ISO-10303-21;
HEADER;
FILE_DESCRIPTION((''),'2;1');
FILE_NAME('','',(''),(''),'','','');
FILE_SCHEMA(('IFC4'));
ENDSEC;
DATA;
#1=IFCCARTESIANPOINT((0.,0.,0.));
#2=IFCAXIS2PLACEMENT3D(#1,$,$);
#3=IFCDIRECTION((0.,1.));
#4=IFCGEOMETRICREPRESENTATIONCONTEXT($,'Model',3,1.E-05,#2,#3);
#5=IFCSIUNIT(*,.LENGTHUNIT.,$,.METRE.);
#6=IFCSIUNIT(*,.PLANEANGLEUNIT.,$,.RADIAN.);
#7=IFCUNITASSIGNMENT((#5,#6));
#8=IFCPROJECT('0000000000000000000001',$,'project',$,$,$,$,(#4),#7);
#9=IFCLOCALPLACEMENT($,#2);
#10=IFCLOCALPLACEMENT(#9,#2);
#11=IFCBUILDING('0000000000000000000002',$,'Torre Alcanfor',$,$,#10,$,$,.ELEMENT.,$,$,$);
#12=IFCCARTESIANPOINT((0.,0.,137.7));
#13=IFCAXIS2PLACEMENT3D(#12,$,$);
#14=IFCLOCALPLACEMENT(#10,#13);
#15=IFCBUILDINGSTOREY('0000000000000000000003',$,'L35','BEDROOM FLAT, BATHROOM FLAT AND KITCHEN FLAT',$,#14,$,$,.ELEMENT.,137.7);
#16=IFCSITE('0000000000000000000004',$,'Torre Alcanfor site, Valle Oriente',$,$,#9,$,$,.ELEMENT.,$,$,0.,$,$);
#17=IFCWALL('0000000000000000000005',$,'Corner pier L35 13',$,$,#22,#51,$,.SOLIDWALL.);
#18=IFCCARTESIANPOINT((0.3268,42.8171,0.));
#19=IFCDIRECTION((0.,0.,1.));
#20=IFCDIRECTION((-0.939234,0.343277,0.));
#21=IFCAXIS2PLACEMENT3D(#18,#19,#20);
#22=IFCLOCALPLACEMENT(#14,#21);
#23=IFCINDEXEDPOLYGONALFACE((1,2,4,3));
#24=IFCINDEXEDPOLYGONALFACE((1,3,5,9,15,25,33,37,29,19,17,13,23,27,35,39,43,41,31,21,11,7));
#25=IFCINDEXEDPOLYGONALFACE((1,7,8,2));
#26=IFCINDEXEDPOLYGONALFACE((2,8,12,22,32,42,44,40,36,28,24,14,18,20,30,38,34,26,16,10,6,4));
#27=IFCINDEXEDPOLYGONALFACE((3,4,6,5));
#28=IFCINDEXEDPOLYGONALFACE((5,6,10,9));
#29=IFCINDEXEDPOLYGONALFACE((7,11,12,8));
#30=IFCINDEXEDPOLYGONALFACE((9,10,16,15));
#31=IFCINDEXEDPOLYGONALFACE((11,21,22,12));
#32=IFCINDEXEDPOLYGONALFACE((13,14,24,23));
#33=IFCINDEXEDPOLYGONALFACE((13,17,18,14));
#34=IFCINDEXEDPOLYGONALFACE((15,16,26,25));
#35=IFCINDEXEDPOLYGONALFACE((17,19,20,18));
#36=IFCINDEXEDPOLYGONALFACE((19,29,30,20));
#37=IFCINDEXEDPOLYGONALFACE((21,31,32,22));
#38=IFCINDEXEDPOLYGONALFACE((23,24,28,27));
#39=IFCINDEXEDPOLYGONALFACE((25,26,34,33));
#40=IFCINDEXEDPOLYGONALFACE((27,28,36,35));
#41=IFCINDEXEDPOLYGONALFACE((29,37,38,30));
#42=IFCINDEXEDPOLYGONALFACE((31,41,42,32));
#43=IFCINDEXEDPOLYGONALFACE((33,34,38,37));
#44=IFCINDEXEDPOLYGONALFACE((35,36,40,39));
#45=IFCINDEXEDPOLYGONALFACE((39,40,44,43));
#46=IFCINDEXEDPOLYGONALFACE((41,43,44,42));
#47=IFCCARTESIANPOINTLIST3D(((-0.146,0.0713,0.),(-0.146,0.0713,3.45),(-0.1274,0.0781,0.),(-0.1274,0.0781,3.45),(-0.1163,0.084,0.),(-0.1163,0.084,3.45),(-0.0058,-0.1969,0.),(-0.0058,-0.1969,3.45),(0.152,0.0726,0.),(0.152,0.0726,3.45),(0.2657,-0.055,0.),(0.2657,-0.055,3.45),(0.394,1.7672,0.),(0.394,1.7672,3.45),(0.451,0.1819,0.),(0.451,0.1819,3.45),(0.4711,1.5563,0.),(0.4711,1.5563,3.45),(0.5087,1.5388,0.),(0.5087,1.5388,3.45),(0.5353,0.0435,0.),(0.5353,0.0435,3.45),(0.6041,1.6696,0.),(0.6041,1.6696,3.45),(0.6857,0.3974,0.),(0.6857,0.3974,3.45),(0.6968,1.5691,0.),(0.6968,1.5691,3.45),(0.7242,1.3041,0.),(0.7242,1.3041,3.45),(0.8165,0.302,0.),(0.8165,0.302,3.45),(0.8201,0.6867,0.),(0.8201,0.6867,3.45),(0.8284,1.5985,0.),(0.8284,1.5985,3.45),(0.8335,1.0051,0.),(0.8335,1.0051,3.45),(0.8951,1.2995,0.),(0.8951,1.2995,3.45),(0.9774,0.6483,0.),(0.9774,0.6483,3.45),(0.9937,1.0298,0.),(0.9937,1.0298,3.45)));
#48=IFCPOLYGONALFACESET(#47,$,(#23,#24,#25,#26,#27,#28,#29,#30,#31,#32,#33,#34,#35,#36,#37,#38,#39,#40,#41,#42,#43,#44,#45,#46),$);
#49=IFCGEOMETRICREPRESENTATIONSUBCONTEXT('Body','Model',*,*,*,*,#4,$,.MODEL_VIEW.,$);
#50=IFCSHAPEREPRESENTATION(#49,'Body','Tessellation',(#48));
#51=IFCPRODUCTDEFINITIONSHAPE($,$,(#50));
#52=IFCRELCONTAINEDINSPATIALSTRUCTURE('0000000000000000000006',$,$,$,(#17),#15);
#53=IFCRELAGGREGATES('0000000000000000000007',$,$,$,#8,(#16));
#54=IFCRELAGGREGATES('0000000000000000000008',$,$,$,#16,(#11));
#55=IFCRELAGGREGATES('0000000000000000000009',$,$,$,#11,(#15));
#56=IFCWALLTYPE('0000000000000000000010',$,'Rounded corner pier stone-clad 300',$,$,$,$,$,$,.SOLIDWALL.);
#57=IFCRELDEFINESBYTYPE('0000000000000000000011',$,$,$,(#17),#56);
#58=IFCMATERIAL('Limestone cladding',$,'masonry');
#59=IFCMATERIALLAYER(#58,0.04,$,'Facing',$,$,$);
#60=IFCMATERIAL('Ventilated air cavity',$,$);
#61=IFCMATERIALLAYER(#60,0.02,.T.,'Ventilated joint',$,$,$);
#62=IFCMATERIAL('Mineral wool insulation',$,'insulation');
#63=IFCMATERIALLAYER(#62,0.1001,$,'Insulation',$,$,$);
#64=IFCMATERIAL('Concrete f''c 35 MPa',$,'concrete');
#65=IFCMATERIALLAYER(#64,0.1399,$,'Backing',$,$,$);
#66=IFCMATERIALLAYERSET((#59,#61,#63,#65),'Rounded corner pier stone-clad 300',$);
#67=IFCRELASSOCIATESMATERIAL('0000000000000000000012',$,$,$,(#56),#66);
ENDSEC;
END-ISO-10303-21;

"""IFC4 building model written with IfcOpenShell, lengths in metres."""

from ifc_helpers import new_model, si_unit, direction, frame, origin, place, context, subcontext, project, spatial, polyline, outline, extrude, material, layer, layer_set, type_object, element, save


model = new_model("IFC4")

# Units and contexts
model_context = context("Model", 3, precision=1e-05, world=origin(), true_north=direction((0.0, 1.0)))
body_context = subcontext(model_context, "Body", "Model", "MODEL_VIEW")
ifc_project = project(units=[si_unit("LENGTHUNIT", "METRE"), si_unit("PLANEANGLEUNIT", "RADIAN")], contexts=[model_context])

# Site, building, storey
site_placement = place(None, origin())
site = spatial("IfcSite", under=ifc_project, at=site_placement, Name="Torre Alcanfor site, Valle Oriente", CompositionType="ELEMENT", RefElevation=0.0)
building_placement = place(site_placement, origin())
building = spatial("IfcBuilding", under=site, at=building_placement, Name="Torre Alcanfor", CompositionType="ELEMENT")
storey_placement = place(building_placement, frame((0.0, 0.0, 137.7)))
storey = spatial("IfcBuildingStorey", under=building, at=storey_placement, Name="L35", Description="BEDROOM FLAT, BATHROOM FLAT AND KITCHEN FLAT", CompositionType="ELEMENT", Elevation=137.7)

# Wall
ifc_material_1 = material(Name="Limestone cladding", Category="masonry")
ifc_layer_1 = layer(ifc_material_1, 0.04, Name="Facing")
ifc_material_2 = material(Name="Ventilated air cavity")
ifc_layer_2 = layer(ifc_material_2, 0.02, ventilated=True, Name="Ventilated joint")
ifc_material_3 = material(Name="Mineral wool insulation", Category="insulation")
ifc_layer_3 = layer(ifc_material_3, 0.1001, Name="Insulation")
ifc_material_4 = material(Name="Concrete f'c 35 MPa", Category="concrete")
ifc_layer_4 = layer(ifc_material_4, 0.1399, Name="Backing")
ifc_layer_set_1 = layer_set([ifc_layer_1, ifc_layer_2, ifc_layer_3, ifc_layer_4], Name="Rounded corner pier stone-clad 300")
wall_type_1 = type_object("IfcWallType", Name="Rounded corner pier stone-clad 300", PredefinedType="SOLIDWALL", material=ifc_layer_set_1)
wall_1_placement = place(storey_placement, frame((0.3268, 42.8171, 0.0), z_axis=(0.0, 0.0, 1.0), x_axis=(-0.939234, 0.343277, 0.0)))
element("IfcWall", 1, at=wall_1_placement, inside=storey, type_object=wall_type_1, Name="Corner pier L35 13", PredefinedType="SOLIDWALL", context=body_context, shape_type="SweptSolid", body=[
    extrude(outline(polyline([(-0.0058, -0.1969), (0.2657, -0.055), (0.5353, 0.0435), (0.8165, 0.302), (0.9774, 0.6483), (0.9937, 1.0298), (0.8951, 1.2995), (0.8284, 1.5985), (0.6968, 1.5691), (0.6041, 1.6696), (0.394, 1.7672), (0.4711, 1.5563), (0.5087, 1.5388), (0.7242, 1.3041), (0.8335, 1.0051), (0.8201, 0.6867), (0.6857, 0.3974), (0.451, 0.1819), (0.152, 0.0726), (-0.1163, 0.084), (-0.1274, 0.0781), (-0.146, 0.0713), (-0.0058, -0.1969)])), origin(), (0.0, 0.0, 1.0), 3.45),
])

save(model, "model.ifc")
